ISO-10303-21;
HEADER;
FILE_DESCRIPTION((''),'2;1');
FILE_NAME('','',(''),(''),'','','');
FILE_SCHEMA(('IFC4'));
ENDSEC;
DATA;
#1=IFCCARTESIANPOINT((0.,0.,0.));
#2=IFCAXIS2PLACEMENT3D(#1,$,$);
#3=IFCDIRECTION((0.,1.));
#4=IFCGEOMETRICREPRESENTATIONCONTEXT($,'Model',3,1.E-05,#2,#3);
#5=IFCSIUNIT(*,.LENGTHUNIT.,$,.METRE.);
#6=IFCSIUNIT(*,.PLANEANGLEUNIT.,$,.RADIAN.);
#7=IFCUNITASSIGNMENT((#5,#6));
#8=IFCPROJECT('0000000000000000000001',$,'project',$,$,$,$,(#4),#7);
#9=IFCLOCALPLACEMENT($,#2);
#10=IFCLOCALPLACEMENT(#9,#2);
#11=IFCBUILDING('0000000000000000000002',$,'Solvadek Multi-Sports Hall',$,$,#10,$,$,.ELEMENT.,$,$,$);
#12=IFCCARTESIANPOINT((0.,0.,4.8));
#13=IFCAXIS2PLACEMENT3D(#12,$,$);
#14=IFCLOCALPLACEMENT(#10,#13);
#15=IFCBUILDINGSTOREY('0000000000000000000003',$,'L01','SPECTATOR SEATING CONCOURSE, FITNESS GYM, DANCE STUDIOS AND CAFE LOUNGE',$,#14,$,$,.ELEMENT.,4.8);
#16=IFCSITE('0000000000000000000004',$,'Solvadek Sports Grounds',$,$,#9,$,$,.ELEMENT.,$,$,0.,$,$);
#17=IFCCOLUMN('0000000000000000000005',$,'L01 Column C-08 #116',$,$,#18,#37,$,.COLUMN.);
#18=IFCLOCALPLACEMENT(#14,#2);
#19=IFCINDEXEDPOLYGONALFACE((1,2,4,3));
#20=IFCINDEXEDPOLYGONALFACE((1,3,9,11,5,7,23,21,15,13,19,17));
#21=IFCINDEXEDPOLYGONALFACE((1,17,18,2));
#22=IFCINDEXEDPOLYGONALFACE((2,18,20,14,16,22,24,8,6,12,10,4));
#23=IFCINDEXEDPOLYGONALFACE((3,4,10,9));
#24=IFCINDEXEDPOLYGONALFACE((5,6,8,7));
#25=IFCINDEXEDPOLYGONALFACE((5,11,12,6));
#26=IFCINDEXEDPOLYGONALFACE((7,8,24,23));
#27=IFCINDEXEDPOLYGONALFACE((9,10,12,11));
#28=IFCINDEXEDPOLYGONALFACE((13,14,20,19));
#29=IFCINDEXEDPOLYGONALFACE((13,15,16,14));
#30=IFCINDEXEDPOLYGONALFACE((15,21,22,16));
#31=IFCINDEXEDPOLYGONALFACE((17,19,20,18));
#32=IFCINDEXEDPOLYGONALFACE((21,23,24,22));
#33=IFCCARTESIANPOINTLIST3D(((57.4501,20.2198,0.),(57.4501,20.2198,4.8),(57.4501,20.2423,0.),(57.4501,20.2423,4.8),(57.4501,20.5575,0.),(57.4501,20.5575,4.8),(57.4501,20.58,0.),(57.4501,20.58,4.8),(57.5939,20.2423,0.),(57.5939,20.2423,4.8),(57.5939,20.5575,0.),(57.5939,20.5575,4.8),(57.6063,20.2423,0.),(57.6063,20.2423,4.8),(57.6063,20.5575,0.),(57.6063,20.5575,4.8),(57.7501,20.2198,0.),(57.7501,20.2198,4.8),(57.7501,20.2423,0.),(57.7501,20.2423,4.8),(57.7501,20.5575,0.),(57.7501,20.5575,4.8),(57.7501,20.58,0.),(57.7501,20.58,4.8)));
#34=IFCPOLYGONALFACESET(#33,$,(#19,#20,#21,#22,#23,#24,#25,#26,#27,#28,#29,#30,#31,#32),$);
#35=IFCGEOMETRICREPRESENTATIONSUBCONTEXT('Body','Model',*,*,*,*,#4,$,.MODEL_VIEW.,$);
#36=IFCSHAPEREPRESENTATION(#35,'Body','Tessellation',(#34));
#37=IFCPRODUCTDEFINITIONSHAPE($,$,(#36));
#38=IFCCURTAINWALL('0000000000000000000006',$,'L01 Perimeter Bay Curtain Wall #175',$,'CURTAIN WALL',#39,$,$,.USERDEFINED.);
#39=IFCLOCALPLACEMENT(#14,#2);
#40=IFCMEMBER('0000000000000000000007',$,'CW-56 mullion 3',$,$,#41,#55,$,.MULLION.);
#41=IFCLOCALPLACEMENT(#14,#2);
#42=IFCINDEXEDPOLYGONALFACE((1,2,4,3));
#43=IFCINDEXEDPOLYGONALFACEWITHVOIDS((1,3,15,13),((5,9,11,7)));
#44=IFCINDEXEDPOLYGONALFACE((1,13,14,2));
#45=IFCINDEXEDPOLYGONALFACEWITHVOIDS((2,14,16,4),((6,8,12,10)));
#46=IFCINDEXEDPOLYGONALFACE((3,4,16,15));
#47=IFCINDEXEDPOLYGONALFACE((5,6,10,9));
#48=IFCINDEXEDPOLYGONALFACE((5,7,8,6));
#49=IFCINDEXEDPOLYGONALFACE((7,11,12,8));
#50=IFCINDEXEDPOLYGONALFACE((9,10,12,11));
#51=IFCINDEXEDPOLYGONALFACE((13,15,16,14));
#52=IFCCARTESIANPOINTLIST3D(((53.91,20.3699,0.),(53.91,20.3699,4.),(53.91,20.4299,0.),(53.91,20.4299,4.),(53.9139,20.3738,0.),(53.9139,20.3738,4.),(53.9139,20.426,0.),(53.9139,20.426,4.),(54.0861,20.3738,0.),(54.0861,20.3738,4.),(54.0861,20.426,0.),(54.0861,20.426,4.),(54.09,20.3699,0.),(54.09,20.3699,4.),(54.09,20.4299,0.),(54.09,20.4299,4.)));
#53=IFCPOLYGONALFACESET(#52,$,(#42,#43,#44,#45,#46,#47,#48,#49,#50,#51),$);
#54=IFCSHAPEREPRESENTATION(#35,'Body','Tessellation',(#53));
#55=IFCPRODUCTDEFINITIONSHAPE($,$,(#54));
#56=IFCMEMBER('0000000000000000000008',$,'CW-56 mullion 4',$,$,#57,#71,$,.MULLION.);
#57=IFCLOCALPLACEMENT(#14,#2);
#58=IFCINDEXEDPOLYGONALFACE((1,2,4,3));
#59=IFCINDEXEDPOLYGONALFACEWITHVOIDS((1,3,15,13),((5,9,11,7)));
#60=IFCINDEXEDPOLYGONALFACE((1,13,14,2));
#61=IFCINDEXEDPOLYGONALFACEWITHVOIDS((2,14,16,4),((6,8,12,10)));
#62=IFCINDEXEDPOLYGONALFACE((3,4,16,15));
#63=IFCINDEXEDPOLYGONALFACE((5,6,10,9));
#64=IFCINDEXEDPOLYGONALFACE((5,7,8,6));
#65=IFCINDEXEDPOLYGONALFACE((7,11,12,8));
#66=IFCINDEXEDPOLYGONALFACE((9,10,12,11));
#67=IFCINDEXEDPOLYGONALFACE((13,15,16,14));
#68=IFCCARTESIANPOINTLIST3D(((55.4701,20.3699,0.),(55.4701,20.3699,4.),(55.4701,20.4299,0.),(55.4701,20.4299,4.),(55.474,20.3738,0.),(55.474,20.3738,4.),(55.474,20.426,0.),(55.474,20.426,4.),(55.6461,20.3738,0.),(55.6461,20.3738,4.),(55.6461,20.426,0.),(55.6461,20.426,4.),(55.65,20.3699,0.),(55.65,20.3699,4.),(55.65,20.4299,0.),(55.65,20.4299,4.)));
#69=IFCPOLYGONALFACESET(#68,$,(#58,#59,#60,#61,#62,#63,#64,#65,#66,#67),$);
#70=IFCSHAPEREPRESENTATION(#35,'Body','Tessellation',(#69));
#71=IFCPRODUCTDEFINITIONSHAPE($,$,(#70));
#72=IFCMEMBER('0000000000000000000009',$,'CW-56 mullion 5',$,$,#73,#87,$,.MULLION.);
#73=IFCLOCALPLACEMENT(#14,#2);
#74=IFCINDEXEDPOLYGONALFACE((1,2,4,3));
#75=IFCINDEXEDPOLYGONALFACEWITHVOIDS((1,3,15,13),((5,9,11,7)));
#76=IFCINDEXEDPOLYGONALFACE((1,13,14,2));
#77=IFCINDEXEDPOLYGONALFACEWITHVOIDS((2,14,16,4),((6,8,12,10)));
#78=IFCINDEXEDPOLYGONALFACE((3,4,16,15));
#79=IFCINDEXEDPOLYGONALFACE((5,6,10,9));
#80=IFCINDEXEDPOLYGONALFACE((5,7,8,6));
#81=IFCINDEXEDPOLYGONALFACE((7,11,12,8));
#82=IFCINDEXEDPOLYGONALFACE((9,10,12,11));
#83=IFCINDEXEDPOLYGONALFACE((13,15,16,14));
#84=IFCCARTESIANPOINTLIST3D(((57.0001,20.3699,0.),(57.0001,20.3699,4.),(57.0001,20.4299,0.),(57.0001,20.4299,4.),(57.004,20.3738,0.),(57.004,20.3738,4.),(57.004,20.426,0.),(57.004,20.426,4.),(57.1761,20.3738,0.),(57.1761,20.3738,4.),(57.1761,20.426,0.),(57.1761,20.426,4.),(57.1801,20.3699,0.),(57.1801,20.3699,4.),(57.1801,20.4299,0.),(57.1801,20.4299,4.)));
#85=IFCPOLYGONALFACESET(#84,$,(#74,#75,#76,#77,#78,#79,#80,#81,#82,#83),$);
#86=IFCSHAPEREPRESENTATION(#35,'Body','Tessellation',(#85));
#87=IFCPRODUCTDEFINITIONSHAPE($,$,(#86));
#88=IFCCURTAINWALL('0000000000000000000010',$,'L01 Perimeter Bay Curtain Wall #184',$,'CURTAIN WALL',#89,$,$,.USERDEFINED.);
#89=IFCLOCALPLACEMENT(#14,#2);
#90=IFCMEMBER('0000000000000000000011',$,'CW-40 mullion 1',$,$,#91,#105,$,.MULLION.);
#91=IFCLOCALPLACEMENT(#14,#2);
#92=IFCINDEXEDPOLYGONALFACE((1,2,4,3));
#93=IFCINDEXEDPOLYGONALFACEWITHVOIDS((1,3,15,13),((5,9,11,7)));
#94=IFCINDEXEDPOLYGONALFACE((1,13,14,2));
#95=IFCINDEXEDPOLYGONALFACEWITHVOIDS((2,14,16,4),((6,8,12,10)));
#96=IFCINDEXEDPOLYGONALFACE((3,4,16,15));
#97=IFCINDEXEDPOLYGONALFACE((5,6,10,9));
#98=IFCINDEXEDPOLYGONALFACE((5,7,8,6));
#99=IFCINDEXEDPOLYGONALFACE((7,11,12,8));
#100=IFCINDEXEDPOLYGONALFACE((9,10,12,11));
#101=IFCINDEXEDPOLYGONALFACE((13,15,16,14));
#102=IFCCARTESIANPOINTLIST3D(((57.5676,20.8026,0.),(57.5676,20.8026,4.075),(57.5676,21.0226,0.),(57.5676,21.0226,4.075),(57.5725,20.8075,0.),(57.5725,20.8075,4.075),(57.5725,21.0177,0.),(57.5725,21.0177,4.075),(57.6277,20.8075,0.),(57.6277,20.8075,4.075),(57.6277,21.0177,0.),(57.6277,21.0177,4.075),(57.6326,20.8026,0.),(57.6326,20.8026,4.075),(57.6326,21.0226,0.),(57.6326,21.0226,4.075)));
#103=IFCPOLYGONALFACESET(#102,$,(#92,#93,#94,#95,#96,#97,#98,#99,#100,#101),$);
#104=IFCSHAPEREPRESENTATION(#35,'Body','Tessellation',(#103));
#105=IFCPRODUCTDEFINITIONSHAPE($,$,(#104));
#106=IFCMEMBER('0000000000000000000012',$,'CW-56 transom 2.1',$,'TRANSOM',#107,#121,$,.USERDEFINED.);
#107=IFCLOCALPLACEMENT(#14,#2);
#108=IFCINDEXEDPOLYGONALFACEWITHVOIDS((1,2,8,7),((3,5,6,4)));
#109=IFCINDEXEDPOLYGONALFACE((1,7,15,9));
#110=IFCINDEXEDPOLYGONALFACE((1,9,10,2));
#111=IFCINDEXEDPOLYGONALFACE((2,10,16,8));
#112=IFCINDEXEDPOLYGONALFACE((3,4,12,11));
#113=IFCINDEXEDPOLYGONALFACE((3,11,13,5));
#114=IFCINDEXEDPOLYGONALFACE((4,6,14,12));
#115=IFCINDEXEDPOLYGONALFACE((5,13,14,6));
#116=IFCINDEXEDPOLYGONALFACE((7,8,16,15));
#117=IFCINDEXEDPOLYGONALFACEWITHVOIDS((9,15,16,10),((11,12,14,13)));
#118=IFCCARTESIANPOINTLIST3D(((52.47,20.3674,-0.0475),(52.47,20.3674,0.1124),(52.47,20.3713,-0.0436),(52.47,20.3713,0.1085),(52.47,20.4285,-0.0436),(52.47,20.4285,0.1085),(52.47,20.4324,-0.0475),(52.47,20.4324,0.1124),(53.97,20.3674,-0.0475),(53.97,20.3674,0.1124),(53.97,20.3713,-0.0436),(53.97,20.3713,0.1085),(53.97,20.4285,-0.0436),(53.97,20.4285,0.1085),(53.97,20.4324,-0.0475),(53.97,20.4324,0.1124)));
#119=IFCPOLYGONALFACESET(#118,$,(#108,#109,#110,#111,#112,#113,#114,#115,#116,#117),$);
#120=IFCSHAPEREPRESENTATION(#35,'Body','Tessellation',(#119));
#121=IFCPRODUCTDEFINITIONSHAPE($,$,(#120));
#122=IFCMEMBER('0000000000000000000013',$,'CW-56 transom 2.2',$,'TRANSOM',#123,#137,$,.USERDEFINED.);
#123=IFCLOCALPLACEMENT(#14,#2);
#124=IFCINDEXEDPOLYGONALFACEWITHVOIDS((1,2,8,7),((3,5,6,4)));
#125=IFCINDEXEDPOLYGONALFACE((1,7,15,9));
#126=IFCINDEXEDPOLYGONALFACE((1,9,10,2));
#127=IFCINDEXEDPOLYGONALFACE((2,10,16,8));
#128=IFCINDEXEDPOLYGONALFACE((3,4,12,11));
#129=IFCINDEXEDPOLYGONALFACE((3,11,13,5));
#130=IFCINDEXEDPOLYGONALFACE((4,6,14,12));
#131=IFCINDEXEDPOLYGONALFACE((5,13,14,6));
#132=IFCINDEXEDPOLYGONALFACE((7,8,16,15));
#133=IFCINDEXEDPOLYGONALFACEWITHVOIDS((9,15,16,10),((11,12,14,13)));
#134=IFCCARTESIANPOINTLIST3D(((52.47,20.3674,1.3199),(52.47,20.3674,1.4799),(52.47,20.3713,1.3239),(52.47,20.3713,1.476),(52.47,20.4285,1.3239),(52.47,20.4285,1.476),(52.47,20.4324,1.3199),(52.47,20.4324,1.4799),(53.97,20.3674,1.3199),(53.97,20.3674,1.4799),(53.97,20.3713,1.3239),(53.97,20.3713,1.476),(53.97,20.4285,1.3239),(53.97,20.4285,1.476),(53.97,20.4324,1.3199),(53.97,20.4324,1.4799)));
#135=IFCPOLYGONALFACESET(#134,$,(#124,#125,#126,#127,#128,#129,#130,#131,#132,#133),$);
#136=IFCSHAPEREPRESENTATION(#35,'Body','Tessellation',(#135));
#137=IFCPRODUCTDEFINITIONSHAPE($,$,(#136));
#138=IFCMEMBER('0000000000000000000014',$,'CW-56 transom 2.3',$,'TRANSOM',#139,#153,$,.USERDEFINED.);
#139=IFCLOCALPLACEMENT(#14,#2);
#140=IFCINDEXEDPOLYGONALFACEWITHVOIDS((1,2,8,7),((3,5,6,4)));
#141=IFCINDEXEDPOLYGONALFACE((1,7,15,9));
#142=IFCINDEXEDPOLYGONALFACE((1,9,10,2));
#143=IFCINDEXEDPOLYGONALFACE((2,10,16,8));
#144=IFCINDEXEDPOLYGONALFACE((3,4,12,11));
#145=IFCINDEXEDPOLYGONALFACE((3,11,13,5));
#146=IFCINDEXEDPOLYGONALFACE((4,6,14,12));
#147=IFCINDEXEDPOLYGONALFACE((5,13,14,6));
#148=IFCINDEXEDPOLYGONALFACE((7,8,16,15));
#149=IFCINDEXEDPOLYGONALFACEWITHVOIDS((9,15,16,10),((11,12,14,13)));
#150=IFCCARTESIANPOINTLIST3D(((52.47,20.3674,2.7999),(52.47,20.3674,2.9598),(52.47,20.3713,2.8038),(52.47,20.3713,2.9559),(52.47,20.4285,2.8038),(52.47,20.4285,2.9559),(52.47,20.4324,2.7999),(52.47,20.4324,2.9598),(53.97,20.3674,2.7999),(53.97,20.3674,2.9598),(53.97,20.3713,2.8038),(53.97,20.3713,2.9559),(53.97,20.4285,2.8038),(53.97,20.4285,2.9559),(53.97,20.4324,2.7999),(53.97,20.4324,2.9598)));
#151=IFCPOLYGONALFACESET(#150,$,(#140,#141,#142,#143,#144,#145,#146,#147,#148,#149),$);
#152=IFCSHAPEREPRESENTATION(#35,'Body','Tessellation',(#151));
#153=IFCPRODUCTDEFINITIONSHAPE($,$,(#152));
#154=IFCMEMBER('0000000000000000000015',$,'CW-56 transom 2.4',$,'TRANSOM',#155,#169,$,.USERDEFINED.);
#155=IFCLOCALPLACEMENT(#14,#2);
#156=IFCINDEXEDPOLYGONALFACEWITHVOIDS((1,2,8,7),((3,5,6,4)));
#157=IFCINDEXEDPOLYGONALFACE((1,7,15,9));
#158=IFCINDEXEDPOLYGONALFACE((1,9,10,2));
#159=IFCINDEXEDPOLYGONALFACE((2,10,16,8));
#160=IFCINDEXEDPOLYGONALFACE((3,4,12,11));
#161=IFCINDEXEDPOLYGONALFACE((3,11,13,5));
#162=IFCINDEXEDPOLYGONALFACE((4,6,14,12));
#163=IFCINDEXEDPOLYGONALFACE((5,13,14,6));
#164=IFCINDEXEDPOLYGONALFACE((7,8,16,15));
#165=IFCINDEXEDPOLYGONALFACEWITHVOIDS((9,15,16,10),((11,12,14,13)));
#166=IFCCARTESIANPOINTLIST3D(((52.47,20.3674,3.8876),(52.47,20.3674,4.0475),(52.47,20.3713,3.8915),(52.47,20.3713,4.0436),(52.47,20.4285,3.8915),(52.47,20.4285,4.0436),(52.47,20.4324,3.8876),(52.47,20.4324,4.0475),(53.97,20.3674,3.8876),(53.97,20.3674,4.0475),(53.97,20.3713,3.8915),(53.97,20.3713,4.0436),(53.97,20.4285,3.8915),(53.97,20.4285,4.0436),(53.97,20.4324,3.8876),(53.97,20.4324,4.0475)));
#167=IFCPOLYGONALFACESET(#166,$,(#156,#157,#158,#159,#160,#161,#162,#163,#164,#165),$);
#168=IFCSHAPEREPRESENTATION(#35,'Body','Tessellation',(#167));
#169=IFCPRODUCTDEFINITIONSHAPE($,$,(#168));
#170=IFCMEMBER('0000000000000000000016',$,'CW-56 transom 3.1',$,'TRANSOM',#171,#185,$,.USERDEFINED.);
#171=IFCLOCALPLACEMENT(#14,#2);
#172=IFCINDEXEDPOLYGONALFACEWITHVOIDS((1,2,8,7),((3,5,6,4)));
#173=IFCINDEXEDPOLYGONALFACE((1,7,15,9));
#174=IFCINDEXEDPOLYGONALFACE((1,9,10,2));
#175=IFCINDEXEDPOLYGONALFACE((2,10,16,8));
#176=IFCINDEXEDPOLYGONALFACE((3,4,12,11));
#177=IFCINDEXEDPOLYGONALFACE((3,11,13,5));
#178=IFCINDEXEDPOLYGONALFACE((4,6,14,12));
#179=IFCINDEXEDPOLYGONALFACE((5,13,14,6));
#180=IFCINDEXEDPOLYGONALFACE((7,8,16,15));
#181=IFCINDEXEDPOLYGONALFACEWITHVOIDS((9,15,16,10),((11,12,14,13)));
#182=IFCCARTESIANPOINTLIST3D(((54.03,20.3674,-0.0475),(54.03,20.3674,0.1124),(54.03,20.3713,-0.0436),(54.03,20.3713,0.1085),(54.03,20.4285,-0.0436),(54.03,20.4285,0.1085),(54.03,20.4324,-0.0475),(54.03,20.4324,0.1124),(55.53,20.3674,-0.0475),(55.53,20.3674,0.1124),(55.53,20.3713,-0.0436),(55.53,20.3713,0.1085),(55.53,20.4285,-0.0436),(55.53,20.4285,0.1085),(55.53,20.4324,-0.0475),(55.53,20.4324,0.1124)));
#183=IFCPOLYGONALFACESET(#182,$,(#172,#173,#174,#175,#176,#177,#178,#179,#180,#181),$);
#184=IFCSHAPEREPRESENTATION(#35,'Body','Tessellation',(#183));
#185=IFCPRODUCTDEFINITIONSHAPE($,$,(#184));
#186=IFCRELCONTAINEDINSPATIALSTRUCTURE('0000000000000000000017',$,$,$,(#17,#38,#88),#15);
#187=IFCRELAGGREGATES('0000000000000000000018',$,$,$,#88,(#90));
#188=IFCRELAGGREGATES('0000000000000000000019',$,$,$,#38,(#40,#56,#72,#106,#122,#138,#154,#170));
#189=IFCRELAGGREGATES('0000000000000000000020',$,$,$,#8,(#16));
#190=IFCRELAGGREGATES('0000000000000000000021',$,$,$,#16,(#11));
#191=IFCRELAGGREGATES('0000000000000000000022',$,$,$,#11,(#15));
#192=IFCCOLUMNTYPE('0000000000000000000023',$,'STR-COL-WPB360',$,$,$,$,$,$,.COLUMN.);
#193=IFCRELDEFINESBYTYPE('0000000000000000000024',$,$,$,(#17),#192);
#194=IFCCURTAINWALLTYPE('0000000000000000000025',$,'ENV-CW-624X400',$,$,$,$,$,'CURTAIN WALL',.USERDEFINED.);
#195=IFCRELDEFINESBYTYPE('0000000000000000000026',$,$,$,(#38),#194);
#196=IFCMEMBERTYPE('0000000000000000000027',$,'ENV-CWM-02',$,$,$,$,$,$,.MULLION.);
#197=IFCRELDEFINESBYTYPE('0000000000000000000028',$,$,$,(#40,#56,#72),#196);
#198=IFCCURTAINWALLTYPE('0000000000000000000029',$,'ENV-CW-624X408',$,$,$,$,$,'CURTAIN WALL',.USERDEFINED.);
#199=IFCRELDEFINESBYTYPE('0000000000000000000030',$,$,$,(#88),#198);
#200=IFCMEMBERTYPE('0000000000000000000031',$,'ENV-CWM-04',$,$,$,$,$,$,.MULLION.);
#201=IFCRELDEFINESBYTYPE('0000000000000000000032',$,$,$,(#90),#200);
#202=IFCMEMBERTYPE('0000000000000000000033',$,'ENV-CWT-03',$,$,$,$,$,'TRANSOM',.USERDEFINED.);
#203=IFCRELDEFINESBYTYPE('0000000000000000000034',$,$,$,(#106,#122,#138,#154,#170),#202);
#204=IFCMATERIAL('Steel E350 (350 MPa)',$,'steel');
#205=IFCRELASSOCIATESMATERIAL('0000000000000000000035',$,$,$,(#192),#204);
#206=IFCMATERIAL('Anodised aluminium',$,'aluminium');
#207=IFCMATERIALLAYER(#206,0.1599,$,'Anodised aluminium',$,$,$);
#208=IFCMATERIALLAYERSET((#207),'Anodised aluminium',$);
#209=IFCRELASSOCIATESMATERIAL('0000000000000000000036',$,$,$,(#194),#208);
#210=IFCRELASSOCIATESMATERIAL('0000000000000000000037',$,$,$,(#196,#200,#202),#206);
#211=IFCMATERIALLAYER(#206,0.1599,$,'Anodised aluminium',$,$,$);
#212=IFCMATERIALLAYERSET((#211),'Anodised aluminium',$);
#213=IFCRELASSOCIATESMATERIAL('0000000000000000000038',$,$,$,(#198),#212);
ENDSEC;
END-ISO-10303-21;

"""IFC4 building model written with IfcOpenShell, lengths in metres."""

from ifc_helpers import new_model, si_unit, direction, frame, origin, origin_2d, place, context, subcontext, project, spatial, hollow_rectangle, i_section, extrude, material, layer, layer_set, material_profile, profile_set, type_object, element, aggregate, save


model = new_model("IFC4")

# Units and contexts
model_context = context("Model", 3, precision=1e-05, world=origin(), true_north=direction((0.0, 1.0)))
body_context = subcontext(model_context, "Body", "Model", "MODEL_VIEW")
ifc_project = project(units=[si_unit("LENGTHUNIT", "METRE"), si_unit("PLANEANGLEUNIT", "RADIAN")], contexts=[model_context])

# Site, building, storey
site_placement = place(None, origin())
site = spatial("IfcSite", under=ifc_project, at=site_placement, Name="Solvadek Sports Grounds", CompositionType="ELEMENT", RefElevation=0.0)
building_placement = place(site_placement, origin())
building = spatial("IfcBuilding", under=site, at=building_placement, Name="Solvadek Multi-Sports Hall", CompositionType="ELEMENT")
storey_placement = place(building_placement, frame((0.0, 0.0, 4.8)))
storey = spatial("IfcBuildingStorey", under=building, at=storey_placement, Name="L01", Description="SPECTATOR SEATING CONCOURSE, FITNESS GYM, DANCE STUDIOS AND CAFE LOUNGE", CompositionType="ELEMENT", Elevation=4.8)

# Column
ifc_material_1 = material(Name="Steel E350 (350 MPa)", Category="steel")
ifc_material_profile_1 = material_profile(ifc_material_1, i_section(OverallWidth=0.3, OverallDepth=0.3601, WebThickness=0.0125, FlangeThickness=0.0225, at=origin_2d()), Name="WPB 360")
ifc_profile_set_1 = profile_set([ifc_material_profile_1], Name="Steel E350 (350 MPa)")
column_type = type_object("IfcColumnType", Name="STR-COL-WPB360", PredefinedType="COLUMN", material=ifc_profile_set_1)
column_placement = place(storey_placement, frame((57.6001, 20.3999, 0.0), z_axis=(0.0, 0.0, 1.0), x_axis=(1.0, 0.0, 0.0)))
element("IfcColumn", 1, at=column_placement, inside=storey, type_object=column_type, Name="L01 Column C-08 #116", PredefinedType="COLUMN", context=body_context, shape_type="SweptSolid", body=[
    extrude(i_section(OverallWidth=0.3, OverallDepth=0.3601, WebThickness=0.0125, FlangeThickness=0.0225, at=origin_2d()), origin(), (0.0, 0.0, 1.0), 4.8),
])

# Curtain wall, members
ifc_material_2 = material(Name="Anodised aluminium", Category="aluminium")
ifc_layer_1 = layer(ifc_material_2, 0.1599, Name="Anodised aluminium")
ifc_layer_set_1 = layer_set([ifc_layer_1], Name="Anodised aluminium")
curtain_wall_type_1 = type_object("IfcCurtainWallType", Name="ENV-CW-624X400", ElementType="CURTAIN WALL", PredefinedType="USERDEFINED", material=ifc_layer_set_1)
curtain_wall_1_placement = place(storey_placement, origin())
curtain_wall_1 = element("IfcCurtainWall", 2, at=curtain_wall_1_placement, inside=storey, type_object=curtain_wall_type_1, Name="L01 Perimeter Bay Curtain Wall #175", ObjectType="CURTAIN WALL", PredefinedType="USERDEFINED")
ifc_material_profile_2 = material_profile(ifc_material_2, hollow_rectangle(XDim=0.0601, YDim=0.1799, WallThickness=0.0039, at=origin_2d()), Name="ALU-M 180x60x4")
ifc_profile_set_2 = profile_set([ifc_material_profile_2], Name="Anodised aluminium")
member_type_1 = type_object("IfcMemberType", Name="ENV-CWM-02", PredefinedType="MULLION", material=ifc_profile_set_2)
member_1_placement = place(storey_placement, frame((54.0, 20.3999, 0.0), z_axis=(0.0, 0.0, 1.0), x_axis=(0.0, 1.0, 0.0)))
member_1 = element("IfcMember", 3, at=member_1_placement, type_object=member_type_1, Name="CW-56 mullion 3", PredefinedType="MULLION", context=body_context, shape_type="SweptSolid", body=[
    extrude(hollow_rectangle(XDim=0.0601, YDim=0.1799, WallThickness=0.0039, at=origin_2d()), origin(), (0.0, 0.0, 1.0), 4.0),
])
member_2_placement = place(storey_placement, frame((55.5601, 20.3999, 0.0), z_axis=(0.0, 0.0, 1.0), x_axis=(0.0, 1.0, 0.0)))
member_2 = element("IfcMember", 4, at=member_2_placement, type_object=member_type_1, Name="CW-56 mullion 4", PredefinedType="MULLION", context=body_context, shape_type="SweptSolid", body=[
    extrude(hollow_rectangle(XDim=0.0601, YDim=0.1799, WallThickness=0.0039, at=origin_2d()), origin(), (0.0, 0.0, 1.0), 4.0),
])
member_3_placement = place(storey_placement, frame((57.0901, 20.3999, 0.0), z_axis=(0.0, 0.0, 1.0), x_axis=(0.0, 1.0, 0.0)))
member_3 = element("IfcMember", 5, at=member_3_placement, type_object=member_type_1, Name="CW-56 mullion 5", PredefinedType="MULLION", context=body_context, shape_type="SweptSolid", body=[
    extrude(hollow_rectangle(XDim=0.0601, YDim=0.1799, WallThickness=0.0039, at=origin_2d()), origin(), (0.0, 0.0, 1.0), 4.0),
])

# Curtain wall, member
ifc_layer_2 = layer(ifc_material_2, 0.1599, Name="Anodised aluminium")
ifc_layer_set_2 = layer_set([ifc_layer_2], Name="Anodised aluminium")
curtain_wall_type_2 = type_object("IfcCurtainWallType", Name="ENV-CW-624X408", ElementType="CURTAIN WALL", PredefinedType="USERDEFINED", material=ifc_layer_set_2)
curtain_wall_2_placement = place(storey_placement, origin())
curtain_wall_2 = element("IfcCurtainWall", 6, at=curtain_wall_2_placement, inside=storey, type_object=curtain_wall_type_2, Name="L01 Perimeter Bay Curtain Wall #184", ObjectType="CURTAIN WALL", PredefinedType="USERDEFINED")
ifc_material_profile_3 = material_profile(ifc_material_2, hollow_rectangle(XDim=0.0649, YDim=0.22, WallThickness=0.0049, at=origin_2d()), Name="ALU-M 220x65x5")
ifc_profile_set_3 = profile_set([ifc_material_profile_3], Name="Anodised aluminium")
member_type_2 = type_object("IfcMemberType", Name="ENV-CWM-04", PredefinedType="MULLION", material=ifc_profile_set_3)
member_4_placement = place(storey_placement, frame((57.6001, 20.9126, 0.0), z_axis=(0.0, 0.0, 1.0), x_axis=(-1.0, 0.0, 0.0)))
member_4 = element("IfcMember", 7, at=member_4_placement, type_object=member_type_2, Name="CW-40 mullion 1", PredefinedType="MULLION", context=body_context, shape_type="SweptSolid", body=[
    extrude(hollow_rectangle(XDim=0.0649, YDim=0.22, WallThickness=0.0049, at=origin_2d()), origin(), (0.0, 0.0, 1.0), 4.075),
])
aggregate(curtain_wall_2, [member_4])

# Members
ifc_material_profile_4 = material_profile(ifc_material_2, hollow_rectangle(XDim=0.0649, YDim=0.1599, WallThickness=0.0039, at=origin_2d()), Name="ALU-T 160x65x4")
ifc_profile_set_4 = profile_set([ifc_material_profile_4], Name="Anodised aluminium")
member_type_3 = type_object("IfcMemberType", Name="ENV-CWT-03", ElementType="TRANSOM", PredefinedType="USERDEFINED", material=ifc_profile_set_4)
member_5_placement = place(storey_placement, frame((52.47, 20.3999, 0.0325), z_axis=(1.0, 0.0, 0.0), x_axis=(0.0, 1.0, 0.0)))
member_5 = element("IfcMember", 8, at=member_5_placement, type_object=member_type_3, Name="CW-56 transom 2.1", ObjectType="TRANSOM", PredefinedType="USERDEFINED", context=body_context, shape_type="SweptSolid", body=[
    extrude(hollow_rectangle(XDim=0.0649, YDim=0.1599, WallThickness=0.0039, at=origin_2d()), origin(), (0.0, 0.0, 1.0), 1.5),
])
member_6_placement = place(storey_placement, frame((52.47, 20.3999, 1.3999), z_axis=(1.0, 0.0, 0.0), x_axis=(0.0, 1.0, 0.0)))
member_6 = element("IfcMember", 9, at=member_6_placement, type_object=member_type_3, Name="CW-56 transom 2.2", ObjectType="TRANSOM", PredefinedType="USERDEFINED", context=body_context, shape_type="SweptSolid", body=[
    extrude(hollow_rectangle(XDim=0.0649, YDim=0.1599, WallThickness=0.0039, at=origin_2d()), origin(), (0.0, 0.0, 1.0), 1.5),
])
member_7_placement = place(storey_placement, frame((52.47, 20.3999, 2.8799), z_axis=(1.0, 0.0, 0.0), x_axis=(0.0, 1.0, 0.0)))
member_7 = element("IfcMember", 10, at=member_7_placement, type_object=member_type_3, Name="CW-56 transom 2.3", ObjectType="TRANSOM", PredefinedType="USERDEFINED", context=body_context, shape_type="SweptSolid", body=[
    extrude(hollow_rectangle(XDim=0.0649, YDim=0.1599, WallThickness=0.0039, at=origin_2d()), origin(), (0.0, 0.0, 1.0), 1.5),
])
member_8_placement = place(storey_placement, frame((52.47, 20.3999, 3.9675), z_axis=(1.0, 0.0, 0.0), x_axis=(0.0, 1.0, 0.0)))
member_8 = element("IfcMember", 11, at=member_8_placement, type_object=member_type_3, Name="CW-56 transom 2.4", ObjectType="TRANSOM", PredefinedType="USERDEFINED", context=body_context, shape_type="SweptSolid", body=[
    extrude(hollow_rectangle(XDim=0.0649, YDim=0.1599, WallThickness=0.0039, at=origin_2d()), origin(), (0.0, 0.0, 1.0), 1.5),
])
member_9_placement = place(storey_placement, frame((54.03, 20.3999, 0.0325), z_axis=(1.0, 0.0, 0.0), x_axis=(0.0, 1.0, 0.0)))
member_9 = element("IfcMember", 12, at=member_9_placement, type_object=member_type_3, Name="CW-56 transom 3.1", ObjectType="TRANSOM", PredefinedType="USERDEFINED", context=body_context, shape_type="SweptSolid", body=[
    extrude(hollow_rectangle(XDim=0.0649, YDim=0.1599, WallThickness=0.0039, at=origin_2d()), origin(), (0.0, 0.0, 1.0), 1.5),
])

aggregate(curtain_wall_1, [member_1, member_2, member_3, member_5, member_6, member_7, member_8, member_9])

save(model, "model.ifc")
